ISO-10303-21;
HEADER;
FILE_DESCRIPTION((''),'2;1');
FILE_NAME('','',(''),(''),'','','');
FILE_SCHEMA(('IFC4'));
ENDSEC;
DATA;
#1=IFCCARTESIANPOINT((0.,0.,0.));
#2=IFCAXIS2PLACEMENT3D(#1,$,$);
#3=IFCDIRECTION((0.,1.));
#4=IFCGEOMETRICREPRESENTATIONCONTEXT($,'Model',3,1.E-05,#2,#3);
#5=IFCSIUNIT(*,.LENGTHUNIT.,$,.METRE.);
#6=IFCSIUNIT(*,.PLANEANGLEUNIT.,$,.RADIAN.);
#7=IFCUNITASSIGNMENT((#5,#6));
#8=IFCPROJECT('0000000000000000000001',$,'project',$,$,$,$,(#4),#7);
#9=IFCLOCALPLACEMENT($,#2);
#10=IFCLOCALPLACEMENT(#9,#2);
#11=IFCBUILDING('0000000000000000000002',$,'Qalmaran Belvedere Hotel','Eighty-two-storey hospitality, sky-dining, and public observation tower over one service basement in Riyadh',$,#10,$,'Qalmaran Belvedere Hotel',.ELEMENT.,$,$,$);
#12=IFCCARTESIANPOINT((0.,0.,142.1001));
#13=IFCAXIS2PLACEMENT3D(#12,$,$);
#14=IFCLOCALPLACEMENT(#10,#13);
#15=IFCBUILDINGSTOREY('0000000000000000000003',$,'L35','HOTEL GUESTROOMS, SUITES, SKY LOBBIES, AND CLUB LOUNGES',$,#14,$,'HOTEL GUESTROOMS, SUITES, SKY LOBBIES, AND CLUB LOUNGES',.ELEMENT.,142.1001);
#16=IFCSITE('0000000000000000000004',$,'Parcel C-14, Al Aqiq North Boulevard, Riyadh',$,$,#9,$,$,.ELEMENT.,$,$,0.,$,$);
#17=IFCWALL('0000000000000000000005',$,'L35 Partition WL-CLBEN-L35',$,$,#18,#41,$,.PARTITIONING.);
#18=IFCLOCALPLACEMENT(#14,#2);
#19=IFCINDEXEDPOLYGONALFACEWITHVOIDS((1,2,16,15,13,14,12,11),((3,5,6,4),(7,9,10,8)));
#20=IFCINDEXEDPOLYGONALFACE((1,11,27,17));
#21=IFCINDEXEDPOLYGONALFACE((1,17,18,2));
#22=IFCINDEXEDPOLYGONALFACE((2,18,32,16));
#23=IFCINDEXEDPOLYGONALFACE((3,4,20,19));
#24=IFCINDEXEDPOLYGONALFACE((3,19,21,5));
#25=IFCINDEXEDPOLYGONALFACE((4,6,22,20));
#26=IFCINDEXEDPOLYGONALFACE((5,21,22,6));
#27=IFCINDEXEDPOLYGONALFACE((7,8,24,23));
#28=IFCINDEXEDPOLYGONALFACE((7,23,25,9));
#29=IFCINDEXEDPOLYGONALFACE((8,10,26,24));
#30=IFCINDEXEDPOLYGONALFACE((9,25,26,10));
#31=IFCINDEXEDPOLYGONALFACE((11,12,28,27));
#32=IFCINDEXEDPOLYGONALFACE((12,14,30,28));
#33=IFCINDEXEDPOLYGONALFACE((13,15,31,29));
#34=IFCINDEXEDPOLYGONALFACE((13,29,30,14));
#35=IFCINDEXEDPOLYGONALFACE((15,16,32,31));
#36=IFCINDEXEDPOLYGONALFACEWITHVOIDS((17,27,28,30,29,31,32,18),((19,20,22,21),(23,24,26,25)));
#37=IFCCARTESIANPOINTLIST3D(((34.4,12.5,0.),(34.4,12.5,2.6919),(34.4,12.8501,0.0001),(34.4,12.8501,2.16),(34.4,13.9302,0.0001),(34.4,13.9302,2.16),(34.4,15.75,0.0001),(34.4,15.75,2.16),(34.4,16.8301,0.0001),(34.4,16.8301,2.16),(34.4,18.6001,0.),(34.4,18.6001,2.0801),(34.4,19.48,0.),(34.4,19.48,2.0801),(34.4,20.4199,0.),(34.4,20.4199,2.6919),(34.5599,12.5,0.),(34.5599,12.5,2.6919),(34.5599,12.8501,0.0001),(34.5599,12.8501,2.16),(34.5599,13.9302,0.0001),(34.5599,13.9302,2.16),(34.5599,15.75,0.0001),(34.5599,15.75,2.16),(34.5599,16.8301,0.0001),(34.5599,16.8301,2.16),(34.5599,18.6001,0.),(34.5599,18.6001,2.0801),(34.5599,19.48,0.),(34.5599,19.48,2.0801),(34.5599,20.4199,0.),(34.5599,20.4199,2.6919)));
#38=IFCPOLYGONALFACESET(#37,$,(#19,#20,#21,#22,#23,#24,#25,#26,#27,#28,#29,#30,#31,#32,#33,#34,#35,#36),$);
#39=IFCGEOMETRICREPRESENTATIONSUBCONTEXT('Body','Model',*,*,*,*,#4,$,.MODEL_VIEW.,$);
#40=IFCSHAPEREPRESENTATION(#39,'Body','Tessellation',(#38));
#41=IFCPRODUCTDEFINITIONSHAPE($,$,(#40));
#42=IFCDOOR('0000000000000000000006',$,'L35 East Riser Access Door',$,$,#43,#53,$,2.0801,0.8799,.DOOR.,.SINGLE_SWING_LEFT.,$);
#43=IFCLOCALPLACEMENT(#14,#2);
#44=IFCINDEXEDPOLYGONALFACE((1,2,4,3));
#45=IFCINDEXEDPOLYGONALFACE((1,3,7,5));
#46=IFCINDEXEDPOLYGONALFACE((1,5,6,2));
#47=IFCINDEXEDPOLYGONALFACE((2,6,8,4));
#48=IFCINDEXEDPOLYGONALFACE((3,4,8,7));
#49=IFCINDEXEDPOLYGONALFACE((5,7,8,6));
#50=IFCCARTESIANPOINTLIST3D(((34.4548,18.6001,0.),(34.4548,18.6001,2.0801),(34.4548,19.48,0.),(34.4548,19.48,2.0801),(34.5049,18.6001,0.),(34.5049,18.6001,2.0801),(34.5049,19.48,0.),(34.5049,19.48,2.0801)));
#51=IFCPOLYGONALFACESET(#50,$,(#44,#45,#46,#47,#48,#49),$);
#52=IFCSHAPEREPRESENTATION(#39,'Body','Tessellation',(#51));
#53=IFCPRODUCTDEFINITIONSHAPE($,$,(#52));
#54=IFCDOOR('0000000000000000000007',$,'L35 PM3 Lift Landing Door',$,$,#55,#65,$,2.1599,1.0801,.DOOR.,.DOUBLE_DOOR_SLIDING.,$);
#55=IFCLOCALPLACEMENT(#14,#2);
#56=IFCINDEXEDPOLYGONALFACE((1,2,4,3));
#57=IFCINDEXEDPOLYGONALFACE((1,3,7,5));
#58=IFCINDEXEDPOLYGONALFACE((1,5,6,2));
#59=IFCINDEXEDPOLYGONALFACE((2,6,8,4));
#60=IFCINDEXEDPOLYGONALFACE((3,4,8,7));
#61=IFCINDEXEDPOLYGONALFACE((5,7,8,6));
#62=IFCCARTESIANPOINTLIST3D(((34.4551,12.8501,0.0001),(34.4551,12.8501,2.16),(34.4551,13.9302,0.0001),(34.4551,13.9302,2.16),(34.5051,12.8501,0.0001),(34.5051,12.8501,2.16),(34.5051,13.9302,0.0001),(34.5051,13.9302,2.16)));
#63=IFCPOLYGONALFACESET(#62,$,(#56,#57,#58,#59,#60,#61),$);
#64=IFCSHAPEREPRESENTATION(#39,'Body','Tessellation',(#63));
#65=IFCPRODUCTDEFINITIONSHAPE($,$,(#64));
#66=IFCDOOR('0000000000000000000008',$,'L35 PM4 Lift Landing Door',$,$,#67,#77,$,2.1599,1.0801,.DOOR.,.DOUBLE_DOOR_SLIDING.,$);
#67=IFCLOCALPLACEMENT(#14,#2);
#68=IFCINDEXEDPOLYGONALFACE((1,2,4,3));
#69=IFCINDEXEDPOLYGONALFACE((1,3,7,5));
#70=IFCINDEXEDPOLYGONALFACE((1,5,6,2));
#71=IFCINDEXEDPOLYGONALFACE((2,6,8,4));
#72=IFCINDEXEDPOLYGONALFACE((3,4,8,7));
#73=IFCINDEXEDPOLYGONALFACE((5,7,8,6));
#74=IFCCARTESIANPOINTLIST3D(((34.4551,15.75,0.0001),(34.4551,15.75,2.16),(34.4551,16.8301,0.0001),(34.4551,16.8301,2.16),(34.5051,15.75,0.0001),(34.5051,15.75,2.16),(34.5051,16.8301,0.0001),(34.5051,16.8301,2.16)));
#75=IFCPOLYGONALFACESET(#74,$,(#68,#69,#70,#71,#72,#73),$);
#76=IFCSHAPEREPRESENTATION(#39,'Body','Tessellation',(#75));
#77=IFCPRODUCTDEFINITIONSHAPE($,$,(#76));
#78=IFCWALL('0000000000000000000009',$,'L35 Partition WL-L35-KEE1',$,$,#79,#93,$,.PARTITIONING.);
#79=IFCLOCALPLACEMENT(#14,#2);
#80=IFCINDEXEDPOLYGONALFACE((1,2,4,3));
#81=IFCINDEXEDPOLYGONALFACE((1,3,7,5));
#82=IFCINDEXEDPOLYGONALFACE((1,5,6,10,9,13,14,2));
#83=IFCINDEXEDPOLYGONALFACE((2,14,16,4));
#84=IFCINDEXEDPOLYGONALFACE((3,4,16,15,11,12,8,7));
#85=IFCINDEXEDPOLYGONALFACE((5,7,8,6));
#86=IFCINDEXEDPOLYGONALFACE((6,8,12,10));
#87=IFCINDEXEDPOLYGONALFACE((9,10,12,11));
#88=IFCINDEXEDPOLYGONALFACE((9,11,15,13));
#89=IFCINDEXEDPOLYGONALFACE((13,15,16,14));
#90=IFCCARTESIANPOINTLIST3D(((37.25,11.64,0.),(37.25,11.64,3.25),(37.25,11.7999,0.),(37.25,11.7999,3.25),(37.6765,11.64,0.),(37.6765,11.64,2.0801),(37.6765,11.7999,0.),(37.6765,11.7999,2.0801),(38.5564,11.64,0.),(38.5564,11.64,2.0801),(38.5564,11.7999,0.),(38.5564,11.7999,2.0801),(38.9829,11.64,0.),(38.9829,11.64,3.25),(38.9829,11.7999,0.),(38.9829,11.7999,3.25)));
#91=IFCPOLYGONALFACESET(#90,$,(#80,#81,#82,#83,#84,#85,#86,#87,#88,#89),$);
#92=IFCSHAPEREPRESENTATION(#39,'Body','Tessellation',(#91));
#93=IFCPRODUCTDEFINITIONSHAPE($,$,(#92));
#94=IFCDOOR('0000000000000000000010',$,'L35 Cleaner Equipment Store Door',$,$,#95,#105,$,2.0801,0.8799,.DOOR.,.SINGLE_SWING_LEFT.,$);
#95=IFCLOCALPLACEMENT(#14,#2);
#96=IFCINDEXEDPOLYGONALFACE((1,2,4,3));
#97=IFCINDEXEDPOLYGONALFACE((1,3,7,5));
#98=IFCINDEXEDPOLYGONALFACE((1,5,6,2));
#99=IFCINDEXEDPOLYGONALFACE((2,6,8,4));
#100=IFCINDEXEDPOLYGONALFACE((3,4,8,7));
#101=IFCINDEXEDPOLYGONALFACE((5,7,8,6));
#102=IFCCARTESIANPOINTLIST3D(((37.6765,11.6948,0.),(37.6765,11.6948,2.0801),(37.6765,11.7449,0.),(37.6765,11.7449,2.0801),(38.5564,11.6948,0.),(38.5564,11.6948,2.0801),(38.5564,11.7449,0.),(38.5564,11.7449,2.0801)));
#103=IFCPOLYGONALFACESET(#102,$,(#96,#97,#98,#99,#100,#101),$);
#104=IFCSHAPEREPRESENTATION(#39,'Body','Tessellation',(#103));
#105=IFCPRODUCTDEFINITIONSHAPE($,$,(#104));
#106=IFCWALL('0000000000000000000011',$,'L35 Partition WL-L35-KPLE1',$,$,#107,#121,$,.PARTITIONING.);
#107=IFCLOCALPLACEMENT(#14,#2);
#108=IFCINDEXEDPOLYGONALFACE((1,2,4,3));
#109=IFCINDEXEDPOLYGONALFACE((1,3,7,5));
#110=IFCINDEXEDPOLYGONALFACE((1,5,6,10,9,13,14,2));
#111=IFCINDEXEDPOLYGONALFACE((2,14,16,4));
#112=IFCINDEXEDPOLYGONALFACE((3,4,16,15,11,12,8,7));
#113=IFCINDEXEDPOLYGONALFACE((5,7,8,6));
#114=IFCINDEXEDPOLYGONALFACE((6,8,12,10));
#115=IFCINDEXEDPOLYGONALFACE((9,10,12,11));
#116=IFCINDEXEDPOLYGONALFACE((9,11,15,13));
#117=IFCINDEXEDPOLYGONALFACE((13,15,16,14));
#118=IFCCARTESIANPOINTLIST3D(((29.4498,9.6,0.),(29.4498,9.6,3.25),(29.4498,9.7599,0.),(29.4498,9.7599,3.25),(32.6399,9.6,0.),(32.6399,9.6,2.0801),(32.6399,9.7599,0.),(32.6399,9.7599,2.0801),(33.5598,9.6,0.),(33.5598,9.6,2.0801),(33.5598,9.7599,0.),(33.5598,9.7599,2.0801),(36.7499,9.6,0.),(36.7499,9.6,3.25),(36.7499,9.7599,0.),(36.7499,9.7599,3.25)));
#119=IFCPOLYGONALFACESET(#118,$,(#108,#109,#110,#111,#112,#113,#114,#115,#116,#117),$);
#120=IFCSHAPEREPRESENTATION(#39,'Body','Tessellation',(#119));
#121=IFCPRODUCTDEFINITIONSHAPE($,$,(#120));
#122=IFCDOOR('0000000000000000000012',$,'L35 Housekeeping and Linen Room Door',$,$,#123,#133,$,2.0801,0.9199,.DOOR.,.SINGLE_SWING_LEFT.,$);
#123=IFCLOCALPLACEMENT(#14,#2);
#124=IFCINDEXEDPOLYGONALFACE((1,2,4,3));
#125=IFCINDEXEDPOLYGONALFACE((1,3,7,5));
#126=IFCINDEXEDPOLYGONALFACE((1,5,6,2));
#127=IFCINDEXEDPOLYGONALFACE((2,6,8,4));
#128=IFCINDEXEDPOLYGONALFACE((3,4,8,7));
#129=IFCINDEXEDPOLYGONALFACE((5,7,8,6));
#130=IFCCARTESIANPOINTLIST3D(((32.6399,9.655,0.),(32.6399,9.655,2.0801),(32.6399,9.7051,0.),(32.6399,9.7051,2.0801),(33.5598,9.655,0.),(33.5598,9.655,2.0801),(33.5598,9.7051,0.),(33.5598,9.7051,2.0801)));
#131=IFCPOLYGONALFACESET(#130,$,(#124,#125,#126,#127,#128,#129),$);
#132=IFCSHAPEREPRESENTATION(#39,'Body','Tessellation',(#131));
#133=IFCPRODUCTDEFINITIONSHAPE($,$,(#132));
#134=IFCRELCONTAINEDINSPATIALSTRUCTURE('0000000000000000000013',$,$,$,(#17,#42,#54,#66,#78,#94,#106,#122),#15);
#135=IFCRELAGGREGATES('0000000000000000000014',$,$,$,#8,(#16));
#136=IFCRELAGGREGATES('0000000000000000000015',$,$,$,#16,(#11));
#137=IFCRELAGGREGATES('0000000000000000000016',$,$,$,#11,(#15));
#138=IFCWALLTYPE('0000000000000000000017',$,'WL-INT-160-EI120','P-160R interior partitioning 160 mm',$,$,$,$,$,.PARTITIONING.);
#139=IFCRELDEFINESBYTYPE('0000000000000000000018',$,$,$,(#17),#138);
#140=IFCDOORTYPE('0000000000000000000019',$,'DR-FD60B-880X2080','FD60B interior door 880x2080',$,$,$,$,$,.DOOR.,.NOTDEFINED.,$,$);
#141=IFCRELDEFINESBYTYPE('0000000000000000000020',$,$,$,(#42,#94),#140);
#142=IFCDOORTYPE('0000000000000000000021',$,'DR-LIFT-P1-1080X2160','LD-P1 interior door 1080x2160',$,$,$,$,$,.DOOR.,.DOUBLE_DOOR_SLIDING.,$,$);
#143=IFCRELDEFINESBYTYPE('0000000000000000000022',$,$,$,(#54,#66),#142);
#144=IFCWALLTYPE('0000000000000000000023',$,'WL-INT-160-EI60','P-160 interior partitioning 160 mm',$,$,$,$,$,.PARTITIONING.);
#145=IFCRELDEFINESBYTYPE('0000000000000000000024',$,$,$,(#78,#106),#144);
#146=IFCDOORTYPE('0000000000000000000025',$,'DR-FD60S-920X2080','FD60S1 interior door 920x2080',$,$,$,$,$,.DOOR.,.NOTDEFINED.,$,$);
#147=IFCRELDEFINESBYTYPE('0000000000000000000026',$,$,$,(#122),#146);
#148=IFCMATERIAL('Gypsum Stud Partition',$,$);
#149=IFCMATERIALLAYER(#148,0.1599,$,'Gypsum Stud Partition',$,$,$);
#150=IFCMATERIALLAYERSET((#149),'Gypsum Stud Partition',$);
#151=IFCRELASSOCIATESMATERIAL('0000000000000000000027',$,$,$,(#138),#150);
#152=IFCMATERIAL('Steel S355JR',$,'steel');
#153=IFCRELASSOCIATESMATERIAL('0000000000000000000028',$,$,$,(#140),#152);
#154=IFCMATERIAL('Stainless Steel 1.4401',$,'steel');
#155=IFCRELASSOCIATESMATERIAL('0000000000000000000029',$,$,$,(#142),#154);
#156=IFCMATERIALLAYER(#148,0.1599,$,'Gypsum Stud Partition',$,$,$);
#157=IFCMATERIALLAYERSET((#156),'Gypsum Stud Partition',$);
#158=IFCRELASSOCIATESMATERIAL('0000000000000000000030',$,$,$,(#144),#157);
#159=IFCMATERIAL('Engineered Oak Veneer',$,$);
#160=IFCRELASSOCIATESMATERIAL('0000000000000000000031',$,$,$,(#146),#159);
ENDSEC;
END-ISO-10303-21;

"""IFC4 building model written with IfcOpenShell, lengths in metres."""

from ifc_helpers import new_model, si_unit, direction, frame, frame_2d, origin, place, context, subcontext, project, spatial, rectangle, extrude, material, layer, layer_set, type_object, element, fill, save


model = new_model("IFC4")

# Units and contexts
model_context = context("Model", 3, precision=1e-05, world=origin(), true_north=direction((0.0, 1.0)))
body_context = subcontext(model_context, "Body", "Model", "MODEL_VIEW")
ifc_project = project(units=[si_unit("LENGTHUNIT", "METRE"), si_unit("PLANEANGLEUNIT", "RADIAN")], contexts=[model_context])

# Site, building, storey
site_placement = place(None, origin())
site = spatial("IfcSite", under=ifc_project, at=site_placement, Name="Parcel C-14, Al Aqiq North Boulevard, Riyadh", CompositionType="ELEMENT", RefElevation=0.0)
building_placement = place(site_placement, origin())
building = spatial("IfcBuilding", under=site, at=building_placement, Name="Qalmaran Belvedere Hotel", Description="Eighty-two-storey hospitality, sky-dining, and public observation tower over one service basement in Riyadh", LongName="Qalmaran Belvedere Hotel", CompositionType="ELEMENT")
storey_placement = place(building_placement, frame((0.0, 0.0, 142.1001)))
storey = spatial("IfcBuildingStorey", under=building, at=storey_placement, Name="L35", Description="HOTEL GUESTROOMS, SUITES, SKY LOBBIES, AND CLUB LOUNGES", LongName="HOTEL GUESTROOMS, SUITES, SKY LOBBIES, AND CLUB LOUNGES", CompositionType="ELEMENT", Elevation=142.1001)

# Shared definitions
ifc_material_1 = material(Name="Steel S355JR", Category="steel")

# Shared definitions
ifc_material_2 = material(Name="Gypsum Stud Partition")
ifc_layer_1 = layer(ifc_material_2, 0.1599, Name="Gypsum Stud Partition")
ifc_layer_set_1 = layer_set([ifc_layer_1], Name="Gypsum Stud Partition")
wall_type_1 = type_object("IfcWallType", Name="WL-INT-160-EI120", Description="P-160R interior partitioning 160 mm", PredefinedType="PARTITIONING", material=ifc_layer_set_1)

# Wall, openings, doors
door_type_1 = type_object("IfcDoorType", Name="DR-FD60B-880X2080", Description="FD60B interior door 880x2080", OperationType="NOTDEFINED", PredefinedType="DOOR", material=ifc_material_1)
ifc_material_3 = material(Name="Stainless Steel 1.4401", Category="steel")
door_type_2 = type_object("IfcDoorType", Name="DR-LIFT-P1-1080X2160", Description="LD-P1 interior door 1080x2160", OperationType="DOUBLE_DOOR_SLIDING", PredefinedType="DOOR", material=ifc_material_3)
wall_1_placement = place(storey_placement, frame((34.48, 12.5, 0.0), z_axis=(0.0, 0.0, 1.0), x_axis=(0.0, 1.0, 0.0)))
wall_1 = element("IfcWall", 1, at=wall_1_placement, inside=storey, type_object=wall_type_1, Name="L35 Partition WL-CLBEN-L35", PredefinedType="PARTITIONING", context=body_context, shape_type="SweptSolid", body=[
    extrude(rectangle(XDim=7.9199, YDim=0.1599, at=frame_2d((3.96, 0.0))), origin(), (0.0, 0.0, 1.0), 2.6919),
])
opening_1_placement = place(wall_1_placement, frame((0.3501, 0.0, 0.0)))
opening_1 = element("IfcOpeningElement", 2, at=opening_1_placement, cuts=wall_1, PredefinedType="OPENING", context=body_context, shape_type="SweptSolid", body=[
    extrude(rectangle(XDim=1.0801, YDim=2.1599, at=frame_2d((0.54, 1.0801))), frame((0.0, 0.0898, 0.0), z_axis=(0.0, -1.0, 0.0), x_axis=(1.0, 0.0, 0.0)), (0.0, 0.0, 1.0), 0.1799),
])
opening_2_placement = place(wall_1_placement, frame((3.25, 0.0, 0.0)))
opening_2 = element("IfcOpeningElement", 3, at=opening_2_placement, cuts=wall_1, PredefinedType="OPENING", context=body_context, shape_type="SweptSolid", body=[
    extrude(rectangle(XDim=1.0801, YDim=2.1599, at=frame_2d((0.54, 1.0801))), frame((0.0, 0.0898, 0.0), z_axis=(0.0, -1.0, 0.0), x_axis=(1.0, 0.0, 0.0)), (0.0, 0.0, 1.0), 0.1799),
])
opening_3_placement = place(wall_1_placement, frame((6.98, 0.0, 0.0), z_axis=(0.0, 0.0, 1.0), x_axis=(-1.0, 0.0, 0.0)))
opening_3 = element("IfcOpeningElement", 4, at=opening_3_placement, cuts=wall_1, PredefinedType="OPENING", context=body_context, shape_type="SweptSolid", body=[
    extrude(rectangle(XDim=0.8799, YDim=2.0801, at=frame_2d((0.4399, 1.04))), frame((0.0, 0.0898, 0.0), z_axis=(0.0, -1.0, 0.0), x_axis=(1.0, 0.0, 0.0)), (0.0, 0.0, 1.0), 0.1799),
])
door_1_placement = place(opening_3_placement, origin())
door_1 = element("IfcDoor", 5, at=door_1_placement, inside=storey, type_object=door_type_1, Name="L35 East Riser Access Door", OperationType="SINGLE_SWING_LEFT", OverallHeight=2.0801, OverallWidth=0.8799, PredefinedType="DOOR", context=body_context, shape_type="SweptSolid", body=[
    extrude(rectangle(XDim=0.8799, YDim=2.0801, at=frame_2d((0.4399, 1.04))), frame((0.0, 0.0249, 0.0), z_axis=(0.0, -1.0, 0.0), x_axis=(1.0, 0.0, 0.0)), (0.0, 0.0, 1.0), 0.05),
])
fill(opening_3, door_1)
door_2_placement = place(opening_1_placement, origin())
door_2 = element("IfcDoor", 6, at=door_2_placement, inside=storey, type_object=door_type_2, Name="L35 PM3 Lift Landing Door", OperationType="DOUBLE_DOOR_SLIDING", OverallHeight=2.1599, OverallWidth=1.0801, PredefinedType="DOOR", context=body_context, shape_type="SweptSolid", body=[
    extrude(rectangle(XDim=1.0801, YDim=2.1599, at=frame_2d((0.54, 1.0801))), frame((0.0, 0.0249, 0.0), z_axis=(0.0, -1.0, 0.0), x_axis=(1.0, 0.0, 0.0)), (0.0, 0.0, 1.0), 0.05),
])
fill(opening_1, door_2)
door_3_placement = place(opening_2_placement, origin())
door_3 = element("IfcDoor", 7, at=door_3_placement, inside=storey, type_object=door_type_2, Name="L35 PM4 Lift Landing Door", OperationType="DOUBLE_DOOR_SLIDING", OverallHeight=2.1599, OverallWidth=1.0801, PredefinedType="DOOR", context=body_context, shape_type="SweptSolid", body=[
    extrude(rectangle(XDim=1.0801, YDim=2.1599, at=frame_2d((0.54, 1.0801))), frame((0.0, 0.0249, 0.0), z_axis=(0.0, -1.0, 0.0), x_axis=(1.0, 0.0, 0.0)), (0.0, 0.0, 1.0), 0.05),
])
fill(opening_2, door_3)

# Walls, openings, doors
ifc_layer_2 = layer(ifc_material_2, 0.1599, Name="Gypsum Stud Partition")
ifc_layer_set_2 = layer_set([ifc_layer_2], Name="Gypsum Stud Partition")
wall_type_2 = type_object("IfcWallType", Name="WL-INT-160-EI60", Description="P-160 interior partitioning 160 mm", PredefinedType="PARTITIONING", material=ifc_layer_set_2)
wall_2_placement = place(storey_placement, frame((37.25, 11.72, 0.0), z_axis=(0.0, 0.0, 1.0), x_axis=(1.0, 0.0, 0.0)))
wall_2 = element("IfcWall", 8, at=wall_2_placement, inside=storey, type_object=wall_type_2, Name="L35 Partition WL-L35-KEE1", PredefinedType="PARTITIONING", context=body_context, shape_type="SweptSolid", body=[
    extrude(rectangle(XDim=1.7329, YDim=0.1599, at=frame_2d((0.8665, 0.0))), origin(), (0.0, 0.0, 1.0), 3.25),
])
opening_4_placement = place(wall_2_placement, frame((0.4265, 0.0, 0.0)))
opening_4 = element("IfcOpeningElement", 9, at=opening_4_placement, cuts=wall_2, PredefinedType="OPENING", context=body_context, shape_type="SweptSolid", body=[
    extrude(rectangle(XDim=0.8799, YDim=2.0801, at=frame_2d((0.4399, 1.04))), frame((0.0, 0.0898, 0.0), z_axis=(0.0, -1.0, 0.0), x_axis=(1.0, 0.0, 0.0)), (0.0, 0.0, 1.0), 0.1799),
])
door_4_placement = place(opening_4_placement, origin())
door_4 = element("IfcDoor", 10, at=door_4_placement, inside=storey, type_object=door_type_1, Name="L35 Cleaner Equipment Store Door", OperationType="SINGLE_SWING_LEFT", OverallHeight=2.0801, OverallWidth=0.8799, PredefinedType="DOOR", context=body_context, shape_type="SweptSolid", body=[
    extrude(rectangle(XDim=0.8799, YDim=2.0801, at=frame_2d((0.4399, 1.04))), frame((0.0, 0.0249, 0.0), z_axis=(0.0, -1.0, 0.0), x_axis=(1.0, 0.0, 0.0)), (0.0, 0.0, 1.0), 0.05),
])
fill(opening_4, door_4)
wall_3_placement = place(storey_placement, frame((29.45, 9.6799, 0.0), z_axis=(0.0, 0.0, 1.0), x_axis=(1.0, 0.0, 0.0)))
wall_3 = element("IfcWall", 11, at=wall_3_placement, inside=storey, type_object=wall_type_2, Name="L35 Partition WL-L35-KPLE1", PredefinedType="PARTITIONING", context=body_context, shape_type="SweptSolid", body=[
    extrude(rectangle(XDim=7.3, YDim=0.1599, at=frame_2d((3.6499, 0.0))), origin(), (0.0, 0.0, 1.0), 3.25),
])
opening_5_placement = place(wall_3_placement, frame((4.1099, 0.0, 0.0), z_axis=(0.0, 0.0, 1.0), x_axis=(-1.0, 0.0, 0.0)))
opening_5 = element("IfcOpeningElement", 12, at=opening_5_placement, cuts=wall_3, PredefinedType="OPENING", context=body_context, shape_type="SweptSolid", body=[
    extrude(rectangle(XDim=0.9199, YDim=2.0801, at=frame_2d((0.46, 1.04))), frame((0.0, 0.0898, 0.0), z_axis=(0.0, -1.0, 0.0), x_axis=(1.0, 0.0, 0.0)), (0.0, 0.0, 1.0), 0.1799),
])
ifc_material_4 = material(Name="Engineered Oak Veneer")
door_type_3 = type_object("IfcDoorType", Name="DR-FD60S-920X2080", Description="FD60S1 interior door 920x2080", OperationType="NOTDEFINED", PredefinedType="DOOR", material=ifc_material_4)
door_5_placement = place(opening_5_placement, origin())
door_5 = element("IfcDoor", 13, at=door_5_placement, inside=storey, type_object=door_type_3, Name="L35 Housekeeping and Linen Room Door", OperationType="SINGLE_SWING_LEFT", OverallHeight=2.0801, OverallWidth=0.9199, PredefinedType="DOOR", context=body_context, shape_type="SweptSolid", body=[
    extrude(rectangle(XDim=0.9199, YDim=2.0801, at=frame_2d((0.46, 1.04))), frame((0.0, 0.0249, 0.0), z_axis=(0.0, -1.0, 0.0), x_axis=(1.0, 0.0, 0.0)), (0.0, 0.0, 1.0), 0.05),
])
fill(opening_5, door_5)

save(model, "model.ifc")
